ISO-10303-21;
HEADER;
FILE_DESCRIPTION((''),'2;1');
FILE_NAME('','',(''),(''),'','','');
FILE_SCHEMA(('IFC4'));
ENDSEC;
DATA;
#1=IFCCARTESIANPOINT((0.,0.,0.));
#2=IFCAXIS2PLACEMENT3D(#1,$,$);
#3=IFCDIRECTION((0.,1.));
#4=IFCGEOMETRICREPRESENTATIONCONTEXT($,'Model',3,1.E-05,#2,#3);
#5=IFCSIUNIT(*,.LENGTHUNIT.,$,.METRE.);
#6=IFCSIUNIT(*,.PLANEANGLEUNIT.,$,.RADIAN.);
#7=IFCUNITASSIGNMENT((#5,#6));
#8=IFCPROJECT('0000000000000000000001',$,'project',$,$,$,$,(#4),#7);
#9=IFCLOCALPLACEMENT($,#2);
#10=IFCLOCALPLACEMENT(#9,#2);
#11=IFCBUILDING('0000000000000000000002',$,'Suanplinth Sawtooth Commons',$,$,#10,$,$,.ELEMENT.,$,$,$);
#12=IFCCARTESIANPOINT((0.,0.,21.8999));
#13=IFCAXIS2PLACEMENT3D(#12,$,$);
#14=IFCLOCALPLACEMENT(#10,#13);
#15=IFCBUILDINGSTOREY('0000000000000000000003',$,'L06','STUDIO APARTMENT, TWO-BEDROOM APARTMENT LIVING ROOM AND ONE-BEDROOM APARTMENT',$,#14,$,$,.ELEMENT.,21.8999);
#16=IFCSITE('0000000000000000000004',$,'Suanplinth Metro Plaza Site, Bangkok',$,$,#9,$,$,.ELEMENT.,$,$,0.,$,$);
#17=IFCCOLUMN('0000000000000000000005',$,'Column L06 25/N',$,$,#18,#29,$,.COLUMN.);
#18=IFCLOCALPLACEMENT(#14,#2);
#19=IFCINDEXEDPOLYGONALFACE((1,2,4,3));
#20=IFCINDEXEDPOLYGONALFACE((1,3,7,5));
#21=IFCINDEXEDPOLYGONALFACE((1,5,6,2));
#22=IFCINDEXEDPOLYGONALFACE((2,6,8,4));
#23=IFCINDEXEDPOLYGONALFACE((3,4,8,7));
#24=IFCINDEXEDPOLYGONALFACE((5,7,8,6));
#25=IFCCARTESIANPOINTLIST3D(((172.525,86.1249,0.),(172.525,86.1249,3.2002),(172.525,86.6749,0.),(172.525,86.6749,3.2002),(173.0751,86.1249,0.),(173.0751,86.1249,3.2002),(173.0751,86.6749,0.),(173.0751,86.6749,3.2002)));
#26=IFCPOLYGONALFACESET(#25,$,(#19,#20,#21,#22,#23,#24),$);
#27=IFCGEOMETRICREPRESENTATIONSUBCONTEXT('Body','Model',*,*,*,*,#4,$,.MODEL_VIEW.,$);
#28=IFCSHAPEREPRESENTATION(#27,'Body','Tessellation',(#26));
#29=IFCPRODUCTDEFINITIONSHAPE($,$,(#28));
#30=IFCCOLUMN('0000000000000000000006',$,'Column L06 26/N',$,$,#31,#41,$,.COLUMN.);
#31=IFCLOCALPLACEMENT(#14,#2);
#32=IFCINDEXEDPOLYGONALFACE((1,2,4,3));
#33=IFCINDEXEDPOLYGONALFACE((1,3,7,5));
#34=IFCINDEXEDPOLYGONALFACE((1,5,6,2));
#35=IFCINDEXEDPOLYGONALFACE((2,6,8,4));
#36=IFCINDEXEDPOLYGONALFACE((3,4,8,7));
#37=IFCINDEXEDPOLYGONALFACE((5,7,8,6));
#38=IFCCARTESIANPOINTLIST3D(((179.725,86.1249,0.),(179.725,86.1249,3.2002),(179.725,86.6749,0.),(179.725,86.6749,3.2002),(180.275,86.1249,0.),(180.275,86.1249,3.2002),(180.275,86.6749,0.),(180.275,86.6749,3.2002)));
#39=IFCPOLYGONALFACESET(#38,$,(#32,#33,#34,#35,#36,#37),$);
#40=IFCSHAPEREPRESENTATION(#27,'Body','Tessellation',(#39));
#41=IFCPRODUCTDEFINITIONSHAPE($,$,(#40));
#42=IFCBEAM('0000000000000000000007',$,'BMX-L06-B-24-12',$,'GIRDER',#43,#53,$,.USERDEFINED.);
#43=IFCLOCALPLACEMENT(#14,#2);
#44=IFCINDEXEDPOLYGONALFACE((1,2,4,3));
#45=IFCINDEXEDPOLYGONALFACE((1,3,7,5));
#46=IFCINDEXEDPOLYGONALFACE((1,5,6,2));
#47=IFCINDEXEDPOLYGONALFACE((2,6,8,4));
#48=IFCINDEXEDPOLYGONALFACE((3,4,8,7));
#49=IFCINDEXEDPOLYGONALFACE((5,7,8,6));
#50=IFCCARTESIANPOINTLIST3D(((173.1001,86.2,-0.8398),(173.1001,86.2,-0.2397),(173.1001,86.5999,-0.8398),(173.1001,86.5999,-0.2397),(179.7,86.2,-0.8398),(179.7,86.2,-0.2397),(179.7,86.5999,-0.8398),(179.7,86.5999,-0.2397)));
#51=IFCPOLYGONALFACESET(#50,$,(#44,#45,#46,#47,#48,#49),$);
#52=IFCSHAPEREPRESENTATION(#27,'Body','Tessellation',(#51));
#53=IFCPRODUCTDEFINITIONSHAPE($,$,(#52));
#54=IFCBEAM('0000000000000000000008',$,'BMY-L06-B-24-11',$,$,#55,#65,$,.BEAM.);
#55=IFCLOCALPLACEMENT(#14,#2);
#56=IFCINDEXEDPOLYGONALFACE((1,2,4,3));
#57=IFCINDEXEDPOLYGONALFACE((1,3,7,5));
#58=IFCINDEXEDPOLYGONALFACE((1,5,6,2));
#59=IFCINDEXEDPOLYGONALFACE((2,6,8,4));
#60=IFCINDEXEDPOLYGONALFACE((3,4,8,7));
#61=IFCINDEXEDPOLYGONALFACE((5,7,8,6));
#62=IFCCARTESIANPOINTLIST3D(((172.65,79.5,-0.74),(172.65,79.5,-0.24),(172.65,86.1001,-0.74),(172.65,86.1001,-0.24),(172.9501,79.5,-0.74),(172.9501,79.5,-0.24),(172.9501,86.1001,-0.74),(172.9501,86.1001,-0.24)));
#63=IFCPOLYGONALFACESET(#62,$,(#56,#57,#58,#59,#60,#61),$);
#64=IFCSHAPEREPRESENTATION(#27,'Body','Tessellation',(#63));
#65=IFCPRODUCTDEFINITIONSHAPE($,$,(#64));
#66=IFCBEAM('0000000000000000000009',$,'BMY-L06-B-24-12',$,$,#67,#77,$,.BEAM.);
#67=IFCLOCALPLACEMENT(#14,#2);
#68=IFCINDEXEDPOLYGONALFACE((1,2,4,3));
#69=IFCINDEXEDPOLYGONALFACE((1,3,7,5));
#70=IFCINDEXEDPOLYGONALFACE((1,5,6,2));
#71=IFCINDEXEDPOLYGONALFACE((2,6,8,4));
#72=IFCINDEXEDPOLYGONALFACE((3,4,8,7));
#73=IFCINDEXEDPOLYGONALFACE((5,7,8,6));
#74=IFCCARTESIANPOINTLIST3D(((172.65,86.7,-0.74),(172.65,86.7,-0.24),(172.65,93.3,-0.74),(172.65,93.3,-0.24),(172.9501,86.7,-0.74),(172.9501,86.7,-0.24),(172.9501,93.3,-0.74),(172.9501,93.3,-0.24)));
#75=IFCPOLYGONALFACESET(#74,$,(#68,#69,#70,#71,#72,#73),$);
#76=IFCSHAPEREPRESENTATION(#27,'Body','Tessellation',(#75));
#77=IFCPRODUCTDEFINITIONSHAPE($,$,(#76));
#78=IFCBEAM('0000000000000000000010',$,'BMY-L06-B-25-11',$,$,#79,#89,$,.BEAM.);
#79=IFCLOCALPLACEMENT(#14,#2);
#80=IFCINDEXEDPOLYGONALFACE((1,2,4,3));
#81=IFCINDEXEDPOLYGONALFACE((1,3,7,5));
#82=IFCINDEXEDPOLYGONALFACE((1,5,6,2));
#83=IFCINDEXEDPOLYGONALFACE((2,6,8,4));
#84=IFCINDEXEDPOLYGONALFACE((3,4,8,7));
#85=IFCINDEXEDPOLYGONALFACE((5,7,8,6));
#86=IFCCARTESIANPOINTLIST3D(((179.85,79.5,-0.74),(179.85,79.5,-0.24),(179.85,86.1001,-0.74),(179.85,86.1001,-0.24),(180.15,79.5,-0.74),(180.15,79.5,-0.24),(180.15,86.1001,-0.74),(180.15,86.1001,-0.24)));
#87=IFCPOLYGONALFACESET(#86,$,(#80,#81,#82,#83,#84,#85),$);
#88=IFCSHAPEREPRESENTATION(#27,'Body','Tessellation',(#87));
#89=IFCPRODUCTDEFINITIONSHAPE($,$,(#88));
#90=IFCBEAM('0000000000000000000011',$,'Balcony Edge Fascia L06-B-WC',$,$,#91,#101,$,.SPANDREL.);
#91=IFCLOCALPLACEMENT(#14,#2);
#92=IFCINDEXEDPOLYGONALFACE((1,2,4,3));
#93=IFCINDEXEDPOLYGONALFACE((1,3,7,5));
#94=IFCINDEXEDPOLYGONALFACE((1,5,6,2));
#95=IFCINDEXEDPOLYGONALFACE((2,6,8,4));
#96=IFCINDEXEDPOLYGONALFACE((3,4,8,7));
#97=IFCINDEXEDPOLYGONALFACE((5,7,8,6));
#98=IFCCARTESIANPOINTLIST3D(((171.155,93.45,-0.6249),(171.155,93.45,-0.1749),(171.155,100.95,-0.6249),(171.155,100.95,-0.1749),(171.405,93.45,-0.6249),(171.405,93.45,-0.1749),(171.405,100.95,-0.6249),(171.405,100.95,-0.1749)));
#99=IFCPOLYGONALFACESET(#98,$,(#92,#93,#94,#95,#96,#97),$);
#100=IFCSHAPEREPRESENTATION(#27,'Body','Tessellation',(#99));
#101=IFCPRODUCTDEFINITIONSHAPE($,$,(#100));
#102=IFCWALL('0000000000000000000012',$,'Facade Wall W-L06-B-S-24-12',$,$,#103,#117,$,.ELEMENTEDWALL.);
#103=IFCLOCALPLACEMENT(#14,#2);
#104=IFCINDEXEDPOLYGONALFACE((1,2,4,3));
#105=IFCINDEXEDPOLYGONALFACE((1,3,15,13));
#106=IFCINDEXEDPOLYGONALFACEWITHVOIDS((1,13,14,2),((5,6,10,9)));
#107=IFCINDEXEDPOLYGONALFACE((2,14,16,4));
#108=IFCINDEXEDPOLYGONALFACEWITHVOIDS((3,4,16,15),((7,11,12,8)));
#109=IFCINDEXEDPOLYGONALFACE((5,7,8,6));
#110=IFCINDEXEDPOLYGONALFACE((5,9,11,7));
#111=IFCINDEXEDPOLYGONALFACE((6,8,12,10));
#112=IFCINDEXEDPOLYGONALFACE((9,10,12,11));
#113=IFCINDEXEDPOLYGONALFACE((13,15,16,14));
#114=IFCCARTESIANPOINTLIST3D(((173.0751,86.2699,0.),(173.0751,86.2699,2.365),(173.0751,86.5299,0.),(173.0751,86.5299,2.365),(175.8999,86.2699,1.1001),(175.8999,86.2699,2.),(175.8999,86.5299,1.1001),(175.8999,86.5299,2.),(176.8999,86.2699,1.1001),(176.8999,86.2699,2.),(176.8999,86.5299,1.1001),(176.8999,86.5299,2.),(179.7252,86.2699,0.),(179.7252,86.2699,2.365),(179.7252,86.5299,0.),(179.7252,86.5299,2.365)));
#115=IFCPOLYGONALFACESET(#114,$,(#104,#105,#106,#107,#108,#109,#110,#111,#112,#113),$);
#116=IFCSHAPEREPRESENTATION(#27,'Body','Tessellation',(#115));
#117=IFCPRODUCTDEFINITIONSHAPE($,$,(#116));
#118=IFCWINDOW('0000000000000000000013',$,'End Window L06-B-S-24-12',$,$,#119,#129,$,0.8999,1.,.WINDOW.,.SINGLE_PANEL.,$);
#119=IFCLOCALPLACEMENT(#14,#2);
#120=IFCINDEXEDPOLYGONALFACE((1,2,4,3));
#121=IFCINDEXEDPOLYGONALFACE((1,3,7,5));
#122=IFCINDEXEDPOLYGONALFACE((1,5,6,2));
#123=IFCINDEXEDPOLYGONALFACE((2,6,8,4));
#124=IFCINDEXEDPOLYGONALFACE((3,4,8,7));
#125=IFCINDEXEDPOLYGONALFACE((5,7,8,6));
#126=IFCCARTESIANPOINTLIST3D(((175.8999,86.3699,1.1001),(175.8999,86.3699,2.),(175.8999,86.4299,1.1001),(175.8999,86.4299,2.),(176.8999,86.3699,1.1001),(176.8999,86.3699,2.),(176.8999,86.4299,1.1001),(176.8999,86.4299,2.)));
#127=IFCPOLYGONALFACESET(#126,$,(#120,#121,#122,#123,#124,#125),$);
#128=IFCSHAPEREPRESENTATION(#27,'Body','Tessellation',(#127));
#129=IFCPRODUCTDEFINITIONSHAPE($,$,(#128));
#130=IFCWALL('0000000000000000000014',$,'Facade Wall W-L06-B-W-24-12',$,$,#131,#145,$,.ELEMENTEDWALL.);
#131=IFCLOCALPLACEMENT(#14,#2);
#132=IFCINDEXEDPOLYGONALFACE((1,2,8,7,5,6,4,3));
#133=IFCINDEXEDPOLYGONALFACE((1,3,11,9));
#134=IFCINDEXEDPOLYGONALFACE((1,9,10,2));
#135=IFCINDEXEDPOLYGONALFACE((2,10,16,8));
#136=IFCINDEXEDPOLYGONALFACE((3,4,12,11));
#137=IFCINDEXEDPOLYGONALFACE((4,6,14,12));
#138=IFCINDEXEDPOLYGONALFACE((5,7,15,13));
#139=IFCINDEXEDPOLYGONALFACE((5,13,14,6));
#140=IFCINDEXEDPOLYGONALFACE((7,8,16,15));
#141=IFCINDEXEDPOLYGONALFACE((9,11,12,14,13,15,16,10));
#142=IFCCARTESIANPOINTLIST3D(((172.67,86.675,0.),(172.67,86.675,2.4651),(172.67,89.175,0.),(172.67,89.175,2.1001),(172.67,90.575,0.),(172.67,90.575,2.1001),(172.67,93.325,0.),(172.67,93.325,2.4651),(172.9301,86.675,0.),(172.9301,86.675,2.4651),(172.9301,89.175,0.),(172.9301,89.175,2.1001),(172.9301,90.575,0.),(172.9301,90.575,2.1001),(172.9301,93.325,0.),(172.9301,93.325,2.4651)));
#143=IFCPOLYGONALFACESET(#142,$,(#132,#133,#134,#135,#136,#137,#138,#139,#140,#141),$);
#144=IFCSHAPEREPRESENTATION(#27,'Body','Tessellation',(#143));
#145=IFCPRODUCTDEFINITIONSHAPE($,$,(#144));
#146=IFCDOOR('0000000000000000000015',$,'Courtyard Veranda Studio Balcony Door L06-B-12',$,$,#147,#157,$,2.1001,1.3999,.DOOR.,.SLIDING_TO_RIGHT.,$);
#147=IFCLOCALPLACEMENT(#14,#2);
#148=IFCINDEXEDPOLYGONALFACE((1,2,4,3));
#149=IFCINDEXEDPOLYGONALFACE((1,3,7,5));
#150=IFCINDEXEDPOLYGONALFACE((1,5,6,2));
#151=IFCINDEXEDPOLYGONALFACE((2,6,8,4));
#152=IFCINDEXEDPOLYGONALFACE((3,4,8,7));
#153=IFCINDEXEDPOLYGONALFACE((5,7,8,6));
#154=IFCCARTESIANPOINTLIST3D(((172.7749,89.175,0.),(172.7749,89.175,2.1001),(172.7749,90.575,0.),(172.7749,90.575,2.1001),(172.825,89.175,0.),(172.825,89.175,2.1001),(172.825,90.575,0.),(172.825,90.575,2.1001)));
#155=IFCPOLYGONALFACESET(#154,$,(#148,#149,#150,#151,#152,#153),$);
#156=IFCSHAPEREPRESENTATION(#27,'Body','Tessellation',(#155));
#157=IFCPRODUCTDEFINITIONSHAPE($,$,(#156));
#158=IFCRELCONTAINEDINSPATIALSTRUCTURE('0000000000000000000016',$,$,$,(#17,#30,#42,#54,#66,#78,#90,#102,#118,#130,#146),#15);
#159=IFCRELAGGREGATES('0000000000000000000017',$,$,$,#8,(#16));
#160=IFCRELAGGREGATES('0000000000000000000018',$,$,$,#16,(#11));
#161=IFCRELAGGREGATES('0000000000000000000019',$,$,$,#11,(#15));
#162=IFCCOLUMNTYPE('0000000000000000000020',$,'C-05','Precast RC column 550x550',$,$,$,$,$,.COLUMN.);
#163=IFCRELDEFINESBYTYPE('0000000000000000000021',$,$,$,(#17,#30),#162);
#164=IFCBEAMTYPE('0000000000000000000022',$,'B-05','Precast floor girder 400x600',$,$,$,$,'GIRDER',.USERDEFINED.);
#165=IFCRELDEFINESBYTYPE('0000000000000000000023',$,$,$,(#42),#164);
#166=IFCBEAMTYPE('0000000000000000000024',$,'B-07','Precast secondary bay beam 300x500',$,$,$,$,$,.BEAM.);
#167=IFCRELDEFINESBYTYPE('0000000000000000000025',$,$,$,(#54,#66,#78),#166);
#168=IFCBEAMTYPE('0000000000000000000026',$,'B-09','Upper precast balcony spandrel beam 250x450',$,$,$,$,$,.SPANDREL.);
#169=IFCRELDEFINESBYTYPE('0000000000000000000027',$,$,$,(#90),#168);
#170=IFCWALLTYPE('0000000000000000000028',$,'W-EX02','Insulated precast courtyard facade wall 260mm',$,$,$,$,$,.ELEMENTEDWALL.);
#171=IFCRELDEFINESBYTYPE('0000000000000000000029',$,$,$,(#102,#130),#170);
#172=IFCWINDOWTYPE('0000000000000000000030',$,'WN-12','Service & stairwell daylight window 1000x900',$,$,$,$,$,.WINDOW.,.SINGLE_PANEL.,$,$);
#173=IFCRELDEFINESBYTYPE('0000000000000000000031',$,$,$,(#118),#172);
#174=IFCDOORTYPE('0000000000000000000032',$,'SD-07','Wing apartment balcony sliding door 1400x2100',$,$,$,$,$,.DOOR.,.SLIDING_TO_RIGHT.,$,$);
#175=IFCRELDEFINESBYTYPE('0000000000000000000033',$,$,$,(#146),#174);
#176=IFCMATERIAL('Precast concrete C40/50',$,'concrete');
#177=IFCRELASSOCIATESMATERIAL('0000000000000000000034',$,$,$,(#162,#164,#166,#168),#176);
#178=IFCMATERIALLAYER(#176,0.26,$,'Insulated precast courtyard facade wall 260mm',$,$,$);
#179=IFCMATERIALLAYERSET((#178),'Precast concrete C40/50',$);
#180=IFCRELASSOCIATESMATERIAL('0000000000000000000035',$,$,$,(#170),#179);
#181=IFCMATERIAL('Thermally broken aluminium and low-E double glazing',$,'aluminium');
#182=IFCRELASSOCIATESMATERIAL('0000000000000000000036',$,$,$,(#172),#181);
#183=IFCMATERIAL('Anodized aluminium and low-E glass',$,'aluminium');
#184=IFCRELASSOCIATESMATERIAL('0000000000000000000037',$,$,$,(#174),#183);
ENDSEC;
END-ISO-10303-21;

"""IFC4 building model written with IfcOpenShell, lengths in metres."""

from ifc_helpers import new_model, si_unit, direction, frame, frame_2d, origin, origin_2d, place, context, subcontext, project, spatial, rectangle, extrude, material, layer, layer_set, material_profile, profile_set, type_object, element, fill, save


model = new_model("IFC4")

# Units and contexts
model_context = context("Model", 3, precision=1e-05, world=origin(), true_north=direction((0.0, 1.0)))
body_context = subcontext(model_context, "Body", "Model", "MODEL_VIEW")
ifc_project = project(units=[si_unit("LENGTHUNIT", "METRE"), si_unit("PLANEANGLEUNIT", "RADIAN")], contexts=[model_context])

# Site, building, storey
site_placement = place(None, origin())
site = spatial("IfcSite", under=ifc_project, at=site_placement, Name="Suanplinth Metro Plaza Site, Bangkok", CompositionType="ELEMENT", RefElevation=0.0)
building_placement = place(site_placement, origin())
building = spatial("IfcBuilding", under=site, at=building_placement, Name="Suanplinth Sawtooth Commons", CompositionType="ELEMENT")
storey_placement = place(building_placement, frame((0.0, 0.0, 21.8999)))
storey = spatial("IfcBuildingStorey", under=building, at=storey_placement, Name="L06", Description="STUDIO APARTMENT, TWO-BEDROOM APARTMENT LIVING ROOM AND ONE-BEDROOM APARTMENT", CompositionType="ELEMENT", Elevation=21.8999)

# Columns
ifc_material_1 = material(Name="Precast concrete C40/50", Category="concrete")
ifc_material_profile_1 = material_profile(ifc_material_1, rectangle(XDim=0.55, YDim=0.55, at=origin_2d()), Name="PC-COL 550x550")
ifc_profile_set_1 = profile_set([ifc_material_profile_1], Name="Precast concrete C40/50")
column_type = type_object("IfcColumnType", Name="C-05", Description="Precast RC column 550x550", PredefinedType="COLUMN", material=ifc_profile_set_1)
for number, where, z_axis, x_axis, name in (
    (1, (172.8, 86.3999, 0.0), (0.0, 0.0, 1.0), (1.0, 0.0, 0.0), "Column L06 25/N"),
    (2, (180.0, 86.3999, 0.0), (0.0, 0.0, 1.0), (1.0, 0.0, 0.0), "Column L06 26/N"),
):
    element("IfcColumn", number, at=place(storey_placement, frame(where, z_axis=z_axis, x_axis=x_axis)), inside=storey, type_object=column_type, Name=name, PredefinedType="COLUMN", context=body_context, shape_type="SweptSolid", body=[
        extrude(rectangle(XDim=0.55, YDim=0.55, at=origin_2d()), origin(), (0.0, 0.0, 1.0), 3.2002),
    ])

# Beams
ifc_material_profile_2 = material_profile(ifc_material_1, rectangle(XDim=0.3999, YDim=0.6001, at=origin_2d()), Name="PC-GDR 400x600")
ifc_profile_set_2 = profile_set([ifc_material_profile_2], Name="Precast concrete C40/50")
beam_type_1 = type_object("IfcBeamType", Name="B-05", Description="Precast floor girder 400x600", ElementType="GIRDER", PredefinedType="USERDEFINED", material=ifc_profile_set_2)
beam_1_placement = place(storey_placement, frame((173.1001, 86.3999, -0.5398), z_axis=(1.0, 0.0, 0.0), x_axis=(0.0, 1.0, 0.0)))
element("IfcBeam", 3, at=beam_1_placement, inside=storey, type_object=beam_type_1, Name="BMX-L06-B-24-12", ObjectType="GIRDER", PredefinedType="USERDEFINED", context=body_context, shape_type="SweptSolid", body=[
    extrude(rectangle(XDim=0.3999, YDim=0.6001, at=origin_2d()), origin(), (0.0, 0.0, 1.0), 6.5999),
])
ifc_material_profile_3 = material_profile(ifc_material_1, rectangle(XDim=0.3, YDim=0.5, at=origin_2d()), Name="PC-BM 300x500")
ifc_profile_set_3 = profile_set([ifc_material_profile_3], Name="Precast concrete C40/50")
beam_type_2 = type_object("IfcBeamType", Name="B-07", Description="Precast secondary bay beam 300x500", PredefinedType="BEAM", material=ifc_profile_set_3)
for number, where, z_axis, x_axis, name in (
    (4, (172.8, 79.5, -0.49), (0.0, 1.0, 0.0), (-1.0, 0.0, 0.0), "BMY-L06-B-24-11"),
    (5, (172.8, 86.7, -0.49), (0.0, 1.0, 0.0), (-1.0, 0.0, 0.0), "BMY-L06-B-24-12"),
    (6, (180.0, 79.5, -0.49), (0.0, 1.0, 0.0), (-1.0, 0.0, 0.0), "BMY-L06-B-25-11"),
):
    element("IfcBeam", number, at=place(storey_placement, frame(where, z_axis=z_axis, x_axis=x_axis)), inside=storey, type_object=beam_type_2, Name=name, PredefinedType="BEAM", context=body_context, shape_type="SweptSolid", body=[
        extrude(rectangle(XDim=0.3, YDim=0.5, at=origin_2d()), origin(), (0.0, 0.0, 1.0), 6.6001),
    ])
ifc_material_profile_4 = material_profile(ifc_material_1, rectangle(XDim=0.25, YDim=0.45, at=origin_2d()), Name="PC-SP 250x450")
ifc_profile_set_4 = profile_set([ifc_material_profile_4], Name="Precast concrete C40/50")
beam_type_3 = type_object("IfcBeamType", Name="B-09", Description="Upper precast balcony spandrel beam 250x450", PredefinedType="SPANDREL", material=ifc_profile_set_4)
beam_2_placement = place(storey_placement, frame((171.28, 93.45, -0.3999), z_axis=(0.0, 1.0, 0.0), x_axis=(-1.0, 0.0, 0.0)))
element("IfcBeam", 7, at=beam_2_placement, inside=storey, type_object=beam_type_3, Name="Balcony Edge Fascia L06-B-WC", PredefinedType="SPANDREL", context=body_context, shape_type="SweptSolid", body=[
    extrude(rectangle(XDim=0.25, YDim=0.45, at=origin_2d()), origin(), (0.0, 0.0, 1.0), 7.5),
])

# Wall, opening, window
ifc_layer_1 = layer(ifc_material_1, 0.26, Name="Insulated precast courtyard facade wall 260mm")
ifc_layer_set_1 = layer_set([ifc_layer_1], Name="Precast concrete C40/50")
wall_type_1 = type_object("IfcWallType", Name="W-EX02", Description="Insulated precast courtyard facade wall 260mm", PredefinedType="ELEMENTEDWALL", material=ifc_layer_set_1)
wall_1_placement = place(storey_placement, frame((173.075, 86.3999, 0.0), z_axis=(0.0, 0.0, 1.0), x_axis=(1.0, 0.0, 0.0)))
wall_1 = element("IfcWall", 8, at=wall_1_placement, inside=storey, type_object=wall_type_1, Name="Facade Wall W-L06-B-S-24-12", PredefinedType="ELEMENTEDWALL", context=body_context, shape_type="SweptSolid", body=[
    extrude(rectangle(XDim=6.6501, YDim=0.26, at=frame_2d((3.3252, 0.0))), origin(), (0.0, 0.0, 1.0), 2.365),
])
opening_1_placement = place(wall_1_placement, frame((2.825, 0.0, 1.1001)))
opening_1 = element("IfcOpeningElement", 9, at=opening_1_placement, cuts=wall_1, PredefinedType="OPENING", context=body_context, shape_type="SweptSolid", body=[
    extrude(rectangle(XDim=1.0, YDim=0.8999, at=frame_2d((0.5, 0.45))), frame((0.0, 0.145, 0.0), z_axis=(0.0, -1.0, 0.0), x_axis=(1.0, 0.0, 0.0)), (0.0, 0.0, 1.0), 0.2898),
])
ifc_material_2 = material(Name="Thermally broken aluminium and low-E double glazing", Category="aluminium")
window_type = type_object("IfcWindowType", Name="WN-12", Description="Service & stairwell daylight window 1000x900", PartitioningType="SINGLE_PANEL", PredefinedType="WINDOW", material=ifc_material_2)
window_placement = place(opening_1_placement, origin())
window = element("IfcWindow", 10, at=window_placement, inside=storey, type_object=window_type, Name="End Window L06-B-S-24-12", OverallHeight=0.8999, OverallWidth=1.0, PartitioningType="SINGLE_PANEL", PredefinedType="WINDOW", context=body_context, shape_type="SweptSolid", body=[
    extrude(rectangle(XDim=1.0, YDim=0.8999, at=frame_2d((0.5, 0.45))), frame((0.0, 0.03, 0.0), z_axis=(0.0, -1.0, 0.0), x_axis=(1.0, 0.0, 0.0)), (0.0, 0.0, 1.0), 0.0601),
])
fill(opening_1, window)

# Wall, opening, door
wall_2_placement = place(storey_placement, frame((172.8, 86.675, 0.0), z_axis=(0.0, 0.0, 1.0), x_axis=(0.0, 1.0, 0.0)))
wall_2 = element("IfcWall", 11, at=wall_2_placement, inside=storey, type_object=wall_type_1, Name="Facade Wall W-L06-B-W-24-12", PredefinedType="ELEMENTEDWALL", context=body_context, shape_type="SweptSolid", body=[
    extrude(rectangle(XDim=6.6499, YDim=0.26, at=frame_2d((3.325, 0.0))), origin(), (0.0, 0.0, 1.0), 2.4651),
])
opening_2_placement = place(wall_2_placement, frame((2.5, 0.0, 0.0)))
opening_2 = element("IfcOpeningElement", 12, at=opening_2_placement, cuts=wall_2, PredefinedType="OPENING", context=body_context, shape_type="SweptSolid", body=[
    extrude(rectangle(XDim=1.3999, YDim=2.1001, at=frame_2d((0.7, 1.05))), frame((0.0, 0.145, 0.0), z_axis=(0.0, -1.0, 0.0), x_axis=(1.0, 0.0, 0.0)), (0.0, 0.0, 1.0), 0.2898),
])
ifc_material_3 = material(Name="Anodized aluminium and low-E glass", Category="aluminium")
door_type_1 = type_object("IfcDoorType", Name="SD-07", Description="Wing apartment balcony sliding door 1400x2100", OperationType="SLIDING_TO_RIGHT", PredefinedType="DOOR", material=ifc_material_3)
door_1_placement = place(opening_2_placement, frame((1.3999, 0.0, 0.0), z_axis=(0.0, 0.0, 1.0), x_axis=(-1.0, 0.0, 0.0)))
door_1 = element("IfcDoor", 13, at=door_1_placement, inside=storey, type_object=door_type_1, Name="Courtyard Veranda Studio Balcony Door L06-B-12", OperationType="SLIDING_TO_RIGHT", OverallHeight=2.1001, OverallWidth=1.3999, PredefinedType="DOOR", context=body_context, shape_type="SweptSolid", body=[
    extrude(rectangle(XDim=1.3999, YDim=2.1001, at=frame_2d((0.7, 1.05))), frame((0.0, 0.0249, 0.0), z_axis=(0.0, -1.0, 0.0), x_axis=(1.0, 0.0, 0.0)), (0.0, 0.0, 1.0), 0.05),
])
fill(opening_2, door_1)

save(model, "model.ifc")
